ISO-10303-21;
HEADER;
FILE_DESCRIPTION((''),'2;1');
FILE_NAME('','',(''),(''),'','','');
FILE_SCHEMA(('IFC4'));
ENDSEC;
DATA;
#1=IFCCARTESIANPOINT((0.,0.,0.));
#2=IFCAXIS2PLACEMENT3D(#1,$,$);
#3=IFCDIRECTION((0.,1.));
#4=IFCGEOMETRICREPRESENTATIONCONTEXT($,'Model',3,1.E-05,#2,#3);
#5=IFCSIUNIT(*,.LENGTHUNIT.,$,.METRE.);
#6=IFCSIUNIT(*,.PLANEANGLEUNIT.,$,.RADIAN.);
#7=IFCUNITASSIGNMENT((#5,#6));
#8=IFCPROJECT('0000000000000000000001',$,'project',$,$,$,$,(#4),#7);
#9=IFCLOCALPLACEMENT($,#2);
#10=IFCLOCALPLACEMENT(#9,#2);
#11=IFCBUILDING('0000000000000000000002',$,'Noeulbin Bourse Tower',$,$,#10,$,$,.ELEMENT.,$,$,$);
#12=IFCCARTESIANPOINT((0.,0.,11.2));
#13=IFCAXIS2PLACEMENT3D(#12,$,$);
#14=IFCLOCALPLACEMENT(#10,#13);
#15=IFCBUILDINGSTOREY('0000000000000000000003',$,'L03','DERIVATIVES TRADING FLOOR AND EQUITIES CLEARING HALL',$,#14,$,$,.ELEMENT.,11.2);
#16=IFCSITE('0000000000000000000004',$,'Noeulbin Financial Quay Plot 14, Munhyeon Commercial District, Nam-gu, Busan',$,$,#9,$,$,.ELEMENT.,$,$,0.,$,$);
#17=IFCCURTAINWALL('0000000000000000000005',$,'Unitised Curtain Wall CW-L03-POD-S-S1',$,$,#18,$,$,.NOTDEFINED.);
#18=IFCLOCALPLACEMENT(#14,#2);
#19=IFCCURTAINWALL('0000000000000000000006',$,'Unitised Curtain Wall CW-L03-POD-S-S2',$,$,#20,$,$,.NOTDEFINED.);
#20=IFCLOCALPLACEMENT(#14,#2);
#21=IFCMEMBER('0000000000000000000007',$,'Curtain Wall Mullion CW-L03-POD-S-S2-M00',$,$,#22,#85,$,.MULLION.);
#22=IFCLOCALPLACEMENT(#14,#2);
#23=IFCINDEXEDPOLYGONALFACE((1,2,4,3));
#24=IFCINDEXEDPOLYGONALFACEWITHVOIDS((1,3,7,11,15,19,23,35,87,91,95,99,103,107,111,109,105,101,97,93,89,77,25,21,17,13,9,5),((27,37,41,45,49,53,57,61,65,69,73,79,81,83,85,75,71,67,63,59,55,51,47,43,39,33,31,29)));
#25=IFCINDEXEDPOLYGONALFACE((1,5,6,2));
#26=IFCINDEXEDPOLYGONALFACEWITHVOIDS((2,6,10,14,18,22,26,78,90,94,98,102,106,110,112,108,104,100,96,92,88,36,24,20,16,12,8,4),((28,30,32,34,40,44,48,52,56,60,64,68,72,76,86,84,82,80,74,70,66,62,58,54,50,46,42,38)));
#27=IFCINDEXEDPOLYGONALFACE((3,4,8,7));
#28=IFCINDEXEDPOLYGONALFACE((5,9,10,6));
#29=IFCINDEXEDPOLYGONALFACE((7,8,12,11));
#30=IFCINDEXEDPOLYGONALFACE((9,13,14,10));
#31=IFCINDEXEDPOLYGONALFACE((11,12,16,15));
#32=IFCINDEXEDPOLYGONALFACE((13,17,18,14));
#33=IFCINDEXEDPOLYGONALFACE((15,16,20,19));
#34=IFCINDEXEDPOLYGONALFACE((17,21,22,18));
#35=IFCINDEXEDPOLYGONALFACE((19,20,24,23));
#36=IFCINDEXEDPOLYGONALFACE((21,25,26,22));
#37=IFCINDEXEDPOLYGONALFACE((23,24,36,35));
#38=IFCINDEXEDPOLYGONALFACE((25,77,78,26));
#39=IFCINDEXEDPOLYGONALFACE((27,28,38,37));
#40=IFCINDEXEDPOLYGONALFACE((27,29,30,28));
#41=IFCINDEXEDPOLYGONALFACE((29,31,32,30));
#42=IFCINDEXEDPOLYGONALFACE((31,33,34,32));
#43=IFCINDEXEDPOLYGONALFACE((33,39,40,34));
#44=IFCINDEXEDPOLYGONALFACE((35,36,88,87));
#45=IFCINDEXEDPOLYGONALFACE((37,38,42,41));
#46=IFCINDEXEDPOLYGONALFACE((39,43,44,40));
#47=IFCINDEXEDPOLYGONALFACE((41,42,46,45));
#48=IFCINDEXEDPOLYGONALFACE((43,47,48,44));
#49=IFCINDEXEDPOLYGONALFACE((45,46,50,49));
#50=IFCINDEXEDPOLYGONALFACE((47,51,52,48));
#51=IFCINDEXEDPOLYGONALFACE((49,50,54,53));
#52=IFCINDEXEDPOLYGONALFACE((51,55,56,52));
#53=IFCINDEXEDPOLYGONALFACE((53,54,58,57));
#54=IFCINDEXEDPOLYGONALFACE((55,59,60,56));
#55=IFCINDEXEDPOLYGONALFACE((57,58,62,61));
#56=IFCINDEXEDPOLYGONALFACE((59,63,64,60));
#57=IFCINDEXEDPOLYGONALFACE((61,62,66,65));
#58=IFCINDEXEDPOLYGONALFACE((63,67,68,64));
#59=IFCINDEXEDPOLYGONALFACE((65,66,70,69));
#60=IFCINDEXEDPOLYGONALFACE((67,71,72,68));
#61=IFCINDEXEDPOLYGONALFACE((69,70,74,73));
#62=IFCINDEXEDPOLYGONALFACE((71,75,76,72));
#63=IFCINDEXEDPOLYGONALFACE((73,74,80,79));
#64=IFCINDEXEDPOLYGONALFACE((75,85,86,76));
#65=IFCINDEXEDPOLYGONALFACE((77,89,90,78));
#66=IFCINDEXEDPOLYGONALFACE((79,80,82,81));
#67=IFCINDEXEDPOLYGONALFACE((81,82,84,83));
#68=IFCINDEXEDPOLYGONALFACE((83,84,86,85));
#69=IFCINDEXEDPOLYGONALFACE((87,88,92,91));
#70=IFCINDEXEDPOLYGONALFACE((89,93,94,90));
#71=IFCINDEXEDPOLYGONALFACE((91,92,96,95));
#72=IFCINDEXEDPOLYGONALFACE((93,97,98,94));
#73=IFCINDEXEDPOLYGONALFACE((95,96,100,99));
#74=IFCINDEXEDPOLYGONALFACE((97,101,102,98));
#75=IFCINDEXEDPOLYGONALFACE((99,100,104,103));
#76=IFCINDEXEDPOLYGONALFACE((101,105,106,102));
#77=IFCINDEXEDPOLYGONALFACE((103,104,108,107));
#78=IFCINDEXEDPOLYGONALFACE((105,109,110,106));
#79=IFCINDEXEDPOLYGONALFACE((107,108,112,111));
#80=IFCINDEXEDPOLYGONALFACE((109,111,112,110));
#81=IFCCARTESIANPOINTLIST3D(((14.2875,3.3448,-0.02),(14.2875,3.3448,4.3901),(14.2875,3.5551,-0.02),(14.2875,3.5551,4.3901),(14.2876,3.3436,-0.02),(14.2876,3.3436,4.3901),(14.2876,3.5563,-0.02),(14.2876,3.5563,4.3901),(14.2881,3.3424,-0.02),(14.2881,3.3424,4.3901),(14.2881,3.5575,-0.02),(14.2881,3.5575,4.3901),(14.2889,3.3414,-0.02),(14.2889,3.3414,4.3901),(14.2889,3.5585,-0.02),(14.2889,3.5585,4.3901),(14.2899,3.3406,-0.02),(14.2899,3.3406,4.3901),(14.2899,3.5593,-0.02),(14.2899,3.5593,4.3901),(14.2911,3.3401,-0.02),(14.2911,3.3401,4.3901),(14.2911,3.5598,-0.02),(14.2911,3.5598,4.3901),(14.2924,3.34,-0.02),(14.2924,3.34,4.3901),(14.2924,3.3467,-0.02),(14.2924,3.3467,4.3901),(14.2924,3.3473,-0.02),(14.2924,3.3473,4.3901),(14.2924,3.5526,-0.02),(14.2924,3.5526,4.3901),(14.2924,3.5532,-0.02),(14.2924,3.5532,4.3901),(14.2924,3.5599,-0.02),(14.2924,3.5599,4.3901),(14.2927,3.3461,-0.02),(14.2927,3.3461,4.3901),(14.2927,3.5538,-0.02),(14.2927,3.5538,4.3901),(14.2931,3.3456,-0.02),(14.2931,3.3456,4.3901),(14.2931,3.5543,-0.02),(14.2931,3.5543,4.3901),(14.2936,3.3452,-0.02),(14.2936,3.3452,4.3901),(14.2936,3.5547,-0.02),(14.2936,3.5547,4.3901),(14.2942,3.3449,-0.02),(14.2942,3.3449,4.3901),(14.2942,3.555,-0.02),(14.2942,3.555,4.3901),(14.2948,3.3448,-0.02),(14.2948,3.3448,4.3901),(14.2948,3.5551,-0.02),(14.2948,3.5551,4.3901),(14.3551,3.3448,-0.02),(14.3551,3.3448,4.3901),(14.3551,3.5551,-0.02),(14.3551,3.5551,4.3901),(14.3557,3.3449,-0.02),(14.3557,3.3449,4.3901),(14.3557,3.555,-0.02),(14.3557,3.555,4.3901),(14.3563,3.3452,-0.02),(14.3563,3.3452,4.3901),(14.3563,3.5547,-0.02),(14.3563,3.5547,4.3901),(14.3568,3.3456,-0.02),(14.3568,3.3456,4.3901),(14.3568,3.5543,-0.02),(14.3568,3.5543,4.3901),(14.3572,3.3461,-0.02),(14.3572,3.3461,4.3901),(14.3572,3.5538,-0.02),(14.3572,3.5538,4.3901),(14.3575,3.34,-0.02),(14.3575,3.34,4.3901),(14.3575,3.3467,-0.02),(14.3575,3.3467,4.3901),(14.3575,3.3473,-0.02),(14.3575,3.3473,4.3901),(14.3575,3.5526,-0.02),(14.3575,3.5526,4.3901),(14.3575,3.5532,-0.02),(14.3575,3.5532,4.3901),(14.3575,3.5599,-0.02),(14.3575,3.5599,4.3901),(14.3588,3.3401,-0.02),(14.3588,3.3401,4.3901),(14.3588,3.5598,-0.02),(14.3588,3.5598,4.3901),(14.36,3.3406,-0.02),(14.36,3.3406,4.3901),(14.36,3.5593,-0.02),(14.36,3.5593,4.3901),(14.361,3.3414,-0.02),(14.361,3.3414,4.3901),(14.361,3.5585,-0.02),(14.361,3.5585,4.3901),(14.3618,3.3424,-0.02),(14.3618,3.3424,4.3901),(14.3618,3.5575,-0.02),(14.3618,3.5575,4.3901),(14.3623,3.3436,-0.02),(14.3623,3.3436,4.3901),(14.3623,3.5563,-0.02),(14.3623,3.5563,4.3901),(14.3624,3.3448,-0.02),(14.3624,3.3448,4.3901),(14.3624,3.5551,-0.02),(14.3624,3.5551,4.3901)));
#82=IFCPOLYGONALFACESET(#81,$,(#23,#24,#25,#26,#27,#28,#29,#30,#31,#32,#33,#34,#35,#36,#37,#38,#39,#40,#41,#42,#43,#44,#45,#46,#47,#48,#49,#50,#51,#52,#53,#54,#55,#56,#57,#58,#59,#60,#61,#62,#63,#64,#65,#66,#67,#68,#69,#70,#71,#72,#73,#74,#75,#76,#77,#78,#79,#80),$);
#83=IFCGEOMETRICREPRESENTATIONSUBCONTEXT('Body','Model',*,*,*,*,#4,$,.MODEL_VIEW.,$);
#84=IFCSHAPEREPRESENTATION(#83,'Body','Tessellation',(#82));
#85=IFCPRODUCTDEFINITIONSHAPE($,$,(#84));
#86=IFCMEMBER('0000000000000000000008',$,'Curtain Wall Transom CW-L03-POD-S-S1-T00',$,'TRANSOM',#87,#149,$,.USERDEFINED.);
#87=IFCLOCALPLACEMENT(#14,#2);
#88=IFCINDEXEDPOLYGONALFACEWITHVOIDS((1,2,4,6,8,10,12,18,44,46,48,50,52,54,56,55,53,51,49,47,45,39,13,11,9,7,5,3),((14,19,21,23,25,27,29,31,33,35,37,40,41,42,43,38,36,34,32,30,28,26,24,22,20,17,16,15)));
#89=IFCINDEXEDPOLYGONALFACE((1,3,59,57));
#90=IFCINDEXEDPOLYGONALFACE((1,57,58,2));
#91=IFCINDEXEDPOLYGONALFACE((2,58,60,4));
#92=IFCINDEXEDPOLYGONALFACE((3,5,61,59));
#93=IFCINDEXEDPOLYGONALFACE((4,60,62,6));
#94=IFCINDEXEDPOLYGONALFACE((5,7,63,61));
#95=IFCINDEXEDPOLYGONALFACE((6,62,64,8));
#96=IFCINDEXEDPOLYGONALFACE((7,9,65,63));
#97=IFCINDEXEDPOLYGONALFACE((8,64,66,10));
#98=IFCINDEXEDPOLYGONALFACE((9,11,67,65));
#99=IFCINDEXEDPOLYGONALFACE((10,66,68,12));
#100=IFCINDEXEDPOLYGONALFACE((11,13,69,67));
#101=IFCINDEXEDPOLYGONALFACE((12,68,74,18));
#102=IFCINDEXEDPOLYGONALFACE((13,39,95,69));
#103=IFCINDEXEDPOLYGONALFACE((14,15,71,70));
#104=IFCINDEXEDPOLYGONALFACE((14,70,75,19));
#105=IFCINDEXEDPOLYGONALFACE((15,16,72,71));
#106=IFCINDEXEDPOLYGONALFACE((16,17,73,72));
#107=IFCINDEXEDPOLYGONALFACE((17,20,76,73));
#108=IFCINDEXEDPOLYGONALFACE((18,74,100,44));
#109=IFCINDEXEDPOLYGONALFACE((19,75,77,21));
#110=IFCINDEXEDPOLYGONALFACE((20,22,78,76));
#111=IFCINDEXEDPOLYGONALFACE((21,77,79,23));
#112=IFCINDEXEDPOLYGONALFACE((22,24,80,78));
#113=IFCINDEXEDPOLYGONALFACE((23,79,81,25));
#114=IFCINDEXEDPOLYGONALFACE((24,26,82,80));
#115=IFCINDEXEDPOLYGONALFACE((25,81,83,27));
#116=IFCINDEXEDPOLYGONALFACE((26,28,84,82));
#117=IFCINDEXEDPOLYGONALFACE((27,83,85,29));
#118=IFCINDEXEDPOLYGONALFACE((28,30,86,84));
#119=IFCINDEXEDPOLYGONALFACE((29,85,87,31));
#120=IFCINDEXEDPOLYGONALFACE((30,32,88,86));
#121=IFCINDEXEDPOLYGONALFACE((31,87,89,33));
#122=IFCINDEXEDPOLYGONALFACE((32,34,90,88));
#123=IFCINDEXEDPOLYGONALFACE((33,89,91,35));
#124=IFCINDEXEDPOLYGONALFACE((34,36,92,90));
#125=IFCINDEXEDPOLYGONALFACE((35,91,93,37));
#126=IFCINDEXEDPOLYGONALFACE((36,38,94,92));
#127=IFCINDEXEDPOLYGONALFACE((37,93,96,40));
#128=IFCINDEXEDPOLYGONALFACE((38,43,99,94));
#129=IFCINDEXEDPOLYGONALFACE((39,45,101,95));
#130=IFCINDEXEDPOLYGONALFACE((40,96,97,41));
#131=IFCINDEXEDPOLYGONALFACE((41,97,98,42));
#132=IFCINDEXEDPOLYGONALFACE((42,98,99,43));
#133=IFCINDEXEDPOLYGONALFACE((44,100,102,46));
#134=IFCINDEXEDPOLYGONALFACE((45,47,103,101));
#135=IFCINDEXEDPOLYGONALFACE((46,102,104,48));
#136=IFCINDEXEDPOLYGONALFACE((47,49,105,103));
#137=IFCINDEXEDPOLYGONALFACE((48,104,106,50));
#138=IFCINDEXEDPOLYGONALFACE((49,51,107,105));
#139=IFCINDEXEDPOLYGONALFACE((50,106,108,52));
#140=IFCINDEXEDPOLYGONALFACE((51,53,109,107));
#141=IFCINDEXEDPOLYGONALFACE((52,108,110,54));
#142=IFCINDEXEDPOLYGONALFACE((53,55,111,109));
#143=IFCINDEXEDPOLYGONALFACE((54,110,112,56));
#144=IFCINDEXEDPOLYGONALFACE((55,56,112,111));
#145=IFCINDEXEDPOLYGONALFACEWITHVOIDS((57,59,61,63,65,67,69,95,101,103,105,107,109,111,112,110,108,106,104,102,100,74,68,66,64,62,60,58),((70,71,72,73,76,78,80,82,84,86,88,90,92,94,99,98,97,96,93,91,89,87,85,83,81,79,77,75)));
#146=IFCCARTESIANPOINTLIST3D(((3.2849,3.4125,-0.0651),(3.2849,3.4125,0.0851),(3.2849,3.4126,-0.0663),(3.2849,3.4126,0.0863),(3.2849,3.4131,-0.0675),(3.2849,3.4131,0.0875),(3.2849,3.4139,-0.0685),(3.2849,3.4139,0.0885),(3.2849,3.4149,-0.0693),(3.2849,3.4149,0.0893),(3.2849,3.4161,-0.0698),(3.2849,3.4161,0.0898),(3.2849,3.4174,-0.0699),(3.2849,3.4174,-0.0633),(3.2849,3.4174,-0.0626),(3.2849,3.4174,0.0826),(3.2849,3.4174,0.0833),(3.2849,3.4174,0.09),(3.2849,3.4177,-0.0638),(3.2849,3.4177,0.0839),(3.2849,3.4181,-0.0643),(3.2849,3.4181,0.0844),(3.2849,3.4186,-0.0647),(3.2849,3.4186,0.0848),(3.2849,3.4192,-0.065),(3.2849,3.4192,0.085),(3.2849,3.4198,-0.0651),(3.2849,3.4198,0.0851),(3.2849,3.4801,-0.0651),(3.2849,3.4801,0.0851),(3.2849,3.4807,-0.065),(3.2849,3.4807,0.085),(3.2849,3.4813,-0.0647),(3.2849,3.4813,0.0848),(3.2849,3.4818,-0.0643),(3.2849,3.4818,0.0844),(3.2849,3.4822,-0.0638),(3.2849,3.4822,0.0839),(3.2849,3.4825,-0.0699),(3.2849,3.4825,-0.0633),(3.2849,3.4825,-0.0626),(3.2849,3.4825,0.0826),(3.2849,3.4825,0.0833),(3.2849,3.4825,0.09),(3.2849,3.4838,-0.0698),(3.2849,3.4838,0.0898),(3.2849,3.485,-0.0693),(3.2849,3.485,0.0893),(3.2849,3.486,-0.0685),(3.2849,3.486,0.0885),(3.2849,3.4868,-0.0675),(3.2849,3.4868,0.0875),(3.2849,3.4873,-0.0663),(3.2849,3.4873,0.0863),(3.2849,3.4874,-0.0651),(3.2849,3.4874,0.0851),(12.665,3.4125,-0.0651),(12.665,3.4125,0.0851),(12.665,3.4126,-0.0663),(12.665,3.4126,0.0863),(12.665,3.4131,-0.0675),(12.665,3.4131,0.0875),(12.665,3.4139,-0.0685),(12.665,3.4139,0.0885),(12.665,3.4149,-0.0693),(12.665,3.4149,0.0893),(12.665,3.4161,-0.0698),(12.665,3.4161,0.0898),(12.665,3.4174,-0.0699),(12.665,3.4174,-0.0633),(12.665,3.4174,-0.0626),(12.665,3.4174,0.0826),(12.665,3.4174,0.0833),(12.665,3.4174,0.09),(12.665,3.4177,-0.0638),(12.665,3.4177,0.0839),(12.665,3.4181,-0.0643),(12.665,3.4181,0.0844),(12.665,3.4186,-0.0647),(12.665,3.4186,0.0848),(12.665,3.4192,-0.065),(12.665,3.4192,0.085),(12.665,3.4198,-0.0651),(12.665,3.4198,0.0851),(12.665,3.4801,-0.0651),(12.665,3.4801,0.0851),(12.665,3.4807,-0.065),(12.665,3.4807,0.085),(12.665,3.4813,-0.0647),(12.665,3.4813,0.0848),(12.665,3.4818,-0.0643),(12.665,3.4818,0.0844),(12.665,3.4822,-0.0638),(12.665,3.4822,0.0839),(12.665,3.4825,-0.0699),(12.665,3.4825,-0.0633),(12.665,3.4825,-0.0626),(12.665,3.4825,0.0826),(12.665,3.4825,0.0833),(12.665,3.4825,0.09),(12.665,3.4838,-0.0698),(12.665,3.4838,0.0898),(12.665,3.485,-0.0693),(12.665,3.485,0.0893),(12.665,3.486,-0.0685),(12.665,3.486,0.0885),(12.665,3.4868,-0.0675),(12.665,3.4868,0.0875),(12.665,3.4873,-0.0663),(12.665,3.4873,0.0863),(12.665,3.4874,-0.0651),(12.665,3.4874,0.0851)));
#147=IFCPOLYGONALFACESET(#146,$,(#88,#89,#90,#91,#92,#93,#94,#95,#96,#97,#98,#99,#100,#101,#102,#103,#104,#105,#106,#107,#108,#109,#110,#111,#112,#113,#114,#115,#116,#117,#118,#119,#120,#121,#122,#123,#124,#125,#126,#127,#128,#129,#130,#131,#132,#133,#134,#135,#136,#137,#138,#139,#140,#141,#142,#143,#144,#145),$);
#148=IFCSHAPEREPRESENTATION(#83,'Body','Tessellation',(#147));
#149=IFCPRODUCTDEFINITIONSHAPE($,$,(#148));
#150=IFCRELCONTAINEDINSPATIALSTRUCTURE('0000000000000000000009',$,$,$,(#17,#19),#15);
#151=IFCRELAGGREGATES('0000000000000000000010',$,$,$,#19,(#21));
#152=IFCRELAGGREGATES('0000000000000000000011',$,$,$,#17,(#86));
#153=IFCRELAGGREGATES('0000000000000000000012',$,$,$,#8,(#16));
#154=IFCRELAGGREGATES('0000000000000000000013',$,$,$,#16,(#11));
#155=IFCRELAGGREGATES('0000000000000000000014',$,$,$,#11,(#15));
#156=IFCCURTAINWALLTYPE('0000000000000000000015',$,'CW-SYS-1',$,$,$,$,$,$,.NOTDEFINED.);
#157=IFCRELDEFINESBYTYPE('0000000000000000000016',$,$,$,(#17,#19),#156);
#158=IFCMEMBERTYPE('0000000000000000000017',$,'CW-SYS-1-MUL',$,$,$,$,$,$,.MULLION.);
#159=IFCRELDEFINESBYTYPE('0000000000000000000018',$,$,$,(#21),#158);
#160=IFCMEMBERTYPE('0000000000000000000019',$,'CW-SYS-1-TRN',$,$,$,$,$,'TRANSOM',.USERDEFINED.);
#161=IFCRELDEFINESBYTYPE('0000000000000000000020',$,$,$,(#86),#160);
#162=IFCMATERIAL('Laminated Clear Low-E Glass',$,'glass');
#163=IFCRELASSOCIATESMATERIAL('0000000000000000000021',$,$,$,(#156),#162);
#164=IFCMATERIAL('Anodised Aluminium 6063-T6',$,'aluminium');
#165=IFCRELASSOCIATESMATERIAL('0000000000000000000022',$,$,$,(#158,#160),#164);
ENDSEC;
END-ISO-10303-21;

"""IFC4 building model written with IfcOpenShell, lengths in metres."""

from ifc_helpers import new_model, si_unit, direction, frame, origin, origin_2d, place, context, subcontext, project, spatial, hollow_rectangle, extrude, material, material_profile, profile_set, type_object, element, aggregate, save


model = new_model("IFC4")

# Units and contexts
model_context = context("Model", 3, precision=1e-05, world=origin(), true_north=direction((0.0, 1.0)))
body_context = subcontext(model_context, "Body", "Model", "MODEL_VIEW")
ifc_project = project(units=[si_unit("LENGTHUNIT", "METRE"), si_unit("PLANEANGLEUNIT", "RADIAN")], contexts=[model_context])

# Site, building, storey
site_placement = place(None, origin())
site = spatial("IfcSite", under=ifc_project, at=site_placement, Name="Noeulbin Financial Quay Plot 14, Munhyeon Commercial District, Nam-gu, Busan", CompositionType="ELEMENT", RefElevation=0.0)
building_placement = place(site_placement, origin())
building = spatial("IfcBuilding", under=site, at=building_placement, Name="Noeulbin Bourse Tower", CompositionType="ELEMENT")
storey_placement = place(building_placement, frame((0.0, 0.0, 11.2)))
storey = spatial("IfcBuildingStorey", under=building, at=storey_placement, Name="L03", Description="DERIVATIVES TRADING FLOOR AND EQUITIES CLEARING HALL", CompositionType="ELEMENT", Elevation=11.2)

# Curtain wall
ifc_material_1 = material(Name="Laminated Clear Low-E Glass", Category="glass")
curtain_wall_type = type_object("IfcCurtainWallType", Name="CW-SYS-1", PredefinedType="NOTDEFINED", material=ifc_material_1)
curtain_wall_1_placement = place(storey_placement, origin())
curtain_wall_1 = element("IfcCurtainWall", 1, at=curtain_wall_1_placement, inside=storey, type_object=curtain_wall_type, Name="Unitised Curtain Wall CW-L03-POD-S-S1", PredefinedType="NOTDEFINED")
ifc_material_2 = material(Name="Anodised Aluminium 6063-T6", Category="aluminium")
ifc_material_profile_1 = material_profile(ifc_material_2, hollow_rectangle(XDim=0.075, YDim=0.22, WallThickness=0.0049, InnerFilletRadius=0.0024, OuterFilletRadius=0.0049, at=origin_2d()), Name="ALU-MULL-75x220x5", Category="LoadBearing")
ifc_profile_set_1 = profile_set([ifc_material_profile_1], Name="Anodised Aluminium 6063-T6")
member_type_1 = type_object("IfcMemberType", Name="CW-SYS-1-MUL", PredefinedType="MULLION", material=ifc_profile_set_1)

# Curtain wall, member
curtain_wall_2_placement = place(storey_placement, origin())
curtain_wall_2 = element("IfcCurtainWall", 2, at=curtain_wall_2_placement, inside=storey, type_object=curtain_wall_type, Name="Unitised Curtain Wall CW-L03-POD-S-S2", PredefinedType="NOTDEFINED")
member_1_placement = place(storey_placement, frame((14.325, 3.45, -0.02), z_axis=(0.0, 0.0, 1.0), x_axis=(1.0, 0.0, 0.0)))
member_1 = element("IfcMember", 3, at=member_1_placement, type_object=member_type_1, Name="Curtain Wall Mullion CW-L03-POD-S-S2-M00", PredefinedType="MULLION", context=body_context, shape_type="SweptSolid", body=[
    extrude(hollow_rectangle(XDim=0.075, YDim=0.22, WallThickness=0.0049, InnerFilletRadius=0.0024, OuterFilletRadius=0.0049, at=origin_2d()), origin(), (0.0, 0.0, 1.0), 4.4102),
])

# Member
ifc_material_profile_2 = material_profile(ifc_material_2, hollow_rectangle(XDim=0.075, YDim=0.1599, WallThickness=0.0049, InnerFilletRadius=0.0024, OuterFilletRadius=0.0049, at=origin_2d()), Name="ALU-TRAN-75x160x5", Category="LoadBearing")
ifc_profile_set_2 = profile_set([ifc_material_profile_2], Name="Anodised Aluminium 6063-T6")
member_type_2 = type_object("IfcMemberType", Name="CW-SYS-1-TRN", ElementType="TRANSOM", PredefinedType="USERDEFINED", material=ifc_profile_set_2)
member_2_placement = place(storey_placement, frame((3.2849, 3.45, 0.01), z_axis=(1.0, 0.0, 0.0), x_axis=(0.0, 1.0, 0.0)))
member_2 = element("IfcMember", 4, at=member_2_placement, type_object=member_type_2, Name="Curtain Wall Transom CW-L03-POD-S-S1-T00", ObjectType="TRANSOM", PredefinedType="USERDEFINED", context=body_context, shape_type="SweptSolid", body=[
    extrude(hollow_rectangle(XDim=0.075, YDim=0.1599, WallThickness=0.0049, InnerFilletRadius=0.0024, OuterFilletRadius=0.0049, at=origin_2d()), origin(), (0.0, 0.0, 1.0), 9.3801),
])
aggregate(curtain_wall_2, [member_1])

aggregate(curtain_wall_1, [member_2])

save(model, "model.ifc")
